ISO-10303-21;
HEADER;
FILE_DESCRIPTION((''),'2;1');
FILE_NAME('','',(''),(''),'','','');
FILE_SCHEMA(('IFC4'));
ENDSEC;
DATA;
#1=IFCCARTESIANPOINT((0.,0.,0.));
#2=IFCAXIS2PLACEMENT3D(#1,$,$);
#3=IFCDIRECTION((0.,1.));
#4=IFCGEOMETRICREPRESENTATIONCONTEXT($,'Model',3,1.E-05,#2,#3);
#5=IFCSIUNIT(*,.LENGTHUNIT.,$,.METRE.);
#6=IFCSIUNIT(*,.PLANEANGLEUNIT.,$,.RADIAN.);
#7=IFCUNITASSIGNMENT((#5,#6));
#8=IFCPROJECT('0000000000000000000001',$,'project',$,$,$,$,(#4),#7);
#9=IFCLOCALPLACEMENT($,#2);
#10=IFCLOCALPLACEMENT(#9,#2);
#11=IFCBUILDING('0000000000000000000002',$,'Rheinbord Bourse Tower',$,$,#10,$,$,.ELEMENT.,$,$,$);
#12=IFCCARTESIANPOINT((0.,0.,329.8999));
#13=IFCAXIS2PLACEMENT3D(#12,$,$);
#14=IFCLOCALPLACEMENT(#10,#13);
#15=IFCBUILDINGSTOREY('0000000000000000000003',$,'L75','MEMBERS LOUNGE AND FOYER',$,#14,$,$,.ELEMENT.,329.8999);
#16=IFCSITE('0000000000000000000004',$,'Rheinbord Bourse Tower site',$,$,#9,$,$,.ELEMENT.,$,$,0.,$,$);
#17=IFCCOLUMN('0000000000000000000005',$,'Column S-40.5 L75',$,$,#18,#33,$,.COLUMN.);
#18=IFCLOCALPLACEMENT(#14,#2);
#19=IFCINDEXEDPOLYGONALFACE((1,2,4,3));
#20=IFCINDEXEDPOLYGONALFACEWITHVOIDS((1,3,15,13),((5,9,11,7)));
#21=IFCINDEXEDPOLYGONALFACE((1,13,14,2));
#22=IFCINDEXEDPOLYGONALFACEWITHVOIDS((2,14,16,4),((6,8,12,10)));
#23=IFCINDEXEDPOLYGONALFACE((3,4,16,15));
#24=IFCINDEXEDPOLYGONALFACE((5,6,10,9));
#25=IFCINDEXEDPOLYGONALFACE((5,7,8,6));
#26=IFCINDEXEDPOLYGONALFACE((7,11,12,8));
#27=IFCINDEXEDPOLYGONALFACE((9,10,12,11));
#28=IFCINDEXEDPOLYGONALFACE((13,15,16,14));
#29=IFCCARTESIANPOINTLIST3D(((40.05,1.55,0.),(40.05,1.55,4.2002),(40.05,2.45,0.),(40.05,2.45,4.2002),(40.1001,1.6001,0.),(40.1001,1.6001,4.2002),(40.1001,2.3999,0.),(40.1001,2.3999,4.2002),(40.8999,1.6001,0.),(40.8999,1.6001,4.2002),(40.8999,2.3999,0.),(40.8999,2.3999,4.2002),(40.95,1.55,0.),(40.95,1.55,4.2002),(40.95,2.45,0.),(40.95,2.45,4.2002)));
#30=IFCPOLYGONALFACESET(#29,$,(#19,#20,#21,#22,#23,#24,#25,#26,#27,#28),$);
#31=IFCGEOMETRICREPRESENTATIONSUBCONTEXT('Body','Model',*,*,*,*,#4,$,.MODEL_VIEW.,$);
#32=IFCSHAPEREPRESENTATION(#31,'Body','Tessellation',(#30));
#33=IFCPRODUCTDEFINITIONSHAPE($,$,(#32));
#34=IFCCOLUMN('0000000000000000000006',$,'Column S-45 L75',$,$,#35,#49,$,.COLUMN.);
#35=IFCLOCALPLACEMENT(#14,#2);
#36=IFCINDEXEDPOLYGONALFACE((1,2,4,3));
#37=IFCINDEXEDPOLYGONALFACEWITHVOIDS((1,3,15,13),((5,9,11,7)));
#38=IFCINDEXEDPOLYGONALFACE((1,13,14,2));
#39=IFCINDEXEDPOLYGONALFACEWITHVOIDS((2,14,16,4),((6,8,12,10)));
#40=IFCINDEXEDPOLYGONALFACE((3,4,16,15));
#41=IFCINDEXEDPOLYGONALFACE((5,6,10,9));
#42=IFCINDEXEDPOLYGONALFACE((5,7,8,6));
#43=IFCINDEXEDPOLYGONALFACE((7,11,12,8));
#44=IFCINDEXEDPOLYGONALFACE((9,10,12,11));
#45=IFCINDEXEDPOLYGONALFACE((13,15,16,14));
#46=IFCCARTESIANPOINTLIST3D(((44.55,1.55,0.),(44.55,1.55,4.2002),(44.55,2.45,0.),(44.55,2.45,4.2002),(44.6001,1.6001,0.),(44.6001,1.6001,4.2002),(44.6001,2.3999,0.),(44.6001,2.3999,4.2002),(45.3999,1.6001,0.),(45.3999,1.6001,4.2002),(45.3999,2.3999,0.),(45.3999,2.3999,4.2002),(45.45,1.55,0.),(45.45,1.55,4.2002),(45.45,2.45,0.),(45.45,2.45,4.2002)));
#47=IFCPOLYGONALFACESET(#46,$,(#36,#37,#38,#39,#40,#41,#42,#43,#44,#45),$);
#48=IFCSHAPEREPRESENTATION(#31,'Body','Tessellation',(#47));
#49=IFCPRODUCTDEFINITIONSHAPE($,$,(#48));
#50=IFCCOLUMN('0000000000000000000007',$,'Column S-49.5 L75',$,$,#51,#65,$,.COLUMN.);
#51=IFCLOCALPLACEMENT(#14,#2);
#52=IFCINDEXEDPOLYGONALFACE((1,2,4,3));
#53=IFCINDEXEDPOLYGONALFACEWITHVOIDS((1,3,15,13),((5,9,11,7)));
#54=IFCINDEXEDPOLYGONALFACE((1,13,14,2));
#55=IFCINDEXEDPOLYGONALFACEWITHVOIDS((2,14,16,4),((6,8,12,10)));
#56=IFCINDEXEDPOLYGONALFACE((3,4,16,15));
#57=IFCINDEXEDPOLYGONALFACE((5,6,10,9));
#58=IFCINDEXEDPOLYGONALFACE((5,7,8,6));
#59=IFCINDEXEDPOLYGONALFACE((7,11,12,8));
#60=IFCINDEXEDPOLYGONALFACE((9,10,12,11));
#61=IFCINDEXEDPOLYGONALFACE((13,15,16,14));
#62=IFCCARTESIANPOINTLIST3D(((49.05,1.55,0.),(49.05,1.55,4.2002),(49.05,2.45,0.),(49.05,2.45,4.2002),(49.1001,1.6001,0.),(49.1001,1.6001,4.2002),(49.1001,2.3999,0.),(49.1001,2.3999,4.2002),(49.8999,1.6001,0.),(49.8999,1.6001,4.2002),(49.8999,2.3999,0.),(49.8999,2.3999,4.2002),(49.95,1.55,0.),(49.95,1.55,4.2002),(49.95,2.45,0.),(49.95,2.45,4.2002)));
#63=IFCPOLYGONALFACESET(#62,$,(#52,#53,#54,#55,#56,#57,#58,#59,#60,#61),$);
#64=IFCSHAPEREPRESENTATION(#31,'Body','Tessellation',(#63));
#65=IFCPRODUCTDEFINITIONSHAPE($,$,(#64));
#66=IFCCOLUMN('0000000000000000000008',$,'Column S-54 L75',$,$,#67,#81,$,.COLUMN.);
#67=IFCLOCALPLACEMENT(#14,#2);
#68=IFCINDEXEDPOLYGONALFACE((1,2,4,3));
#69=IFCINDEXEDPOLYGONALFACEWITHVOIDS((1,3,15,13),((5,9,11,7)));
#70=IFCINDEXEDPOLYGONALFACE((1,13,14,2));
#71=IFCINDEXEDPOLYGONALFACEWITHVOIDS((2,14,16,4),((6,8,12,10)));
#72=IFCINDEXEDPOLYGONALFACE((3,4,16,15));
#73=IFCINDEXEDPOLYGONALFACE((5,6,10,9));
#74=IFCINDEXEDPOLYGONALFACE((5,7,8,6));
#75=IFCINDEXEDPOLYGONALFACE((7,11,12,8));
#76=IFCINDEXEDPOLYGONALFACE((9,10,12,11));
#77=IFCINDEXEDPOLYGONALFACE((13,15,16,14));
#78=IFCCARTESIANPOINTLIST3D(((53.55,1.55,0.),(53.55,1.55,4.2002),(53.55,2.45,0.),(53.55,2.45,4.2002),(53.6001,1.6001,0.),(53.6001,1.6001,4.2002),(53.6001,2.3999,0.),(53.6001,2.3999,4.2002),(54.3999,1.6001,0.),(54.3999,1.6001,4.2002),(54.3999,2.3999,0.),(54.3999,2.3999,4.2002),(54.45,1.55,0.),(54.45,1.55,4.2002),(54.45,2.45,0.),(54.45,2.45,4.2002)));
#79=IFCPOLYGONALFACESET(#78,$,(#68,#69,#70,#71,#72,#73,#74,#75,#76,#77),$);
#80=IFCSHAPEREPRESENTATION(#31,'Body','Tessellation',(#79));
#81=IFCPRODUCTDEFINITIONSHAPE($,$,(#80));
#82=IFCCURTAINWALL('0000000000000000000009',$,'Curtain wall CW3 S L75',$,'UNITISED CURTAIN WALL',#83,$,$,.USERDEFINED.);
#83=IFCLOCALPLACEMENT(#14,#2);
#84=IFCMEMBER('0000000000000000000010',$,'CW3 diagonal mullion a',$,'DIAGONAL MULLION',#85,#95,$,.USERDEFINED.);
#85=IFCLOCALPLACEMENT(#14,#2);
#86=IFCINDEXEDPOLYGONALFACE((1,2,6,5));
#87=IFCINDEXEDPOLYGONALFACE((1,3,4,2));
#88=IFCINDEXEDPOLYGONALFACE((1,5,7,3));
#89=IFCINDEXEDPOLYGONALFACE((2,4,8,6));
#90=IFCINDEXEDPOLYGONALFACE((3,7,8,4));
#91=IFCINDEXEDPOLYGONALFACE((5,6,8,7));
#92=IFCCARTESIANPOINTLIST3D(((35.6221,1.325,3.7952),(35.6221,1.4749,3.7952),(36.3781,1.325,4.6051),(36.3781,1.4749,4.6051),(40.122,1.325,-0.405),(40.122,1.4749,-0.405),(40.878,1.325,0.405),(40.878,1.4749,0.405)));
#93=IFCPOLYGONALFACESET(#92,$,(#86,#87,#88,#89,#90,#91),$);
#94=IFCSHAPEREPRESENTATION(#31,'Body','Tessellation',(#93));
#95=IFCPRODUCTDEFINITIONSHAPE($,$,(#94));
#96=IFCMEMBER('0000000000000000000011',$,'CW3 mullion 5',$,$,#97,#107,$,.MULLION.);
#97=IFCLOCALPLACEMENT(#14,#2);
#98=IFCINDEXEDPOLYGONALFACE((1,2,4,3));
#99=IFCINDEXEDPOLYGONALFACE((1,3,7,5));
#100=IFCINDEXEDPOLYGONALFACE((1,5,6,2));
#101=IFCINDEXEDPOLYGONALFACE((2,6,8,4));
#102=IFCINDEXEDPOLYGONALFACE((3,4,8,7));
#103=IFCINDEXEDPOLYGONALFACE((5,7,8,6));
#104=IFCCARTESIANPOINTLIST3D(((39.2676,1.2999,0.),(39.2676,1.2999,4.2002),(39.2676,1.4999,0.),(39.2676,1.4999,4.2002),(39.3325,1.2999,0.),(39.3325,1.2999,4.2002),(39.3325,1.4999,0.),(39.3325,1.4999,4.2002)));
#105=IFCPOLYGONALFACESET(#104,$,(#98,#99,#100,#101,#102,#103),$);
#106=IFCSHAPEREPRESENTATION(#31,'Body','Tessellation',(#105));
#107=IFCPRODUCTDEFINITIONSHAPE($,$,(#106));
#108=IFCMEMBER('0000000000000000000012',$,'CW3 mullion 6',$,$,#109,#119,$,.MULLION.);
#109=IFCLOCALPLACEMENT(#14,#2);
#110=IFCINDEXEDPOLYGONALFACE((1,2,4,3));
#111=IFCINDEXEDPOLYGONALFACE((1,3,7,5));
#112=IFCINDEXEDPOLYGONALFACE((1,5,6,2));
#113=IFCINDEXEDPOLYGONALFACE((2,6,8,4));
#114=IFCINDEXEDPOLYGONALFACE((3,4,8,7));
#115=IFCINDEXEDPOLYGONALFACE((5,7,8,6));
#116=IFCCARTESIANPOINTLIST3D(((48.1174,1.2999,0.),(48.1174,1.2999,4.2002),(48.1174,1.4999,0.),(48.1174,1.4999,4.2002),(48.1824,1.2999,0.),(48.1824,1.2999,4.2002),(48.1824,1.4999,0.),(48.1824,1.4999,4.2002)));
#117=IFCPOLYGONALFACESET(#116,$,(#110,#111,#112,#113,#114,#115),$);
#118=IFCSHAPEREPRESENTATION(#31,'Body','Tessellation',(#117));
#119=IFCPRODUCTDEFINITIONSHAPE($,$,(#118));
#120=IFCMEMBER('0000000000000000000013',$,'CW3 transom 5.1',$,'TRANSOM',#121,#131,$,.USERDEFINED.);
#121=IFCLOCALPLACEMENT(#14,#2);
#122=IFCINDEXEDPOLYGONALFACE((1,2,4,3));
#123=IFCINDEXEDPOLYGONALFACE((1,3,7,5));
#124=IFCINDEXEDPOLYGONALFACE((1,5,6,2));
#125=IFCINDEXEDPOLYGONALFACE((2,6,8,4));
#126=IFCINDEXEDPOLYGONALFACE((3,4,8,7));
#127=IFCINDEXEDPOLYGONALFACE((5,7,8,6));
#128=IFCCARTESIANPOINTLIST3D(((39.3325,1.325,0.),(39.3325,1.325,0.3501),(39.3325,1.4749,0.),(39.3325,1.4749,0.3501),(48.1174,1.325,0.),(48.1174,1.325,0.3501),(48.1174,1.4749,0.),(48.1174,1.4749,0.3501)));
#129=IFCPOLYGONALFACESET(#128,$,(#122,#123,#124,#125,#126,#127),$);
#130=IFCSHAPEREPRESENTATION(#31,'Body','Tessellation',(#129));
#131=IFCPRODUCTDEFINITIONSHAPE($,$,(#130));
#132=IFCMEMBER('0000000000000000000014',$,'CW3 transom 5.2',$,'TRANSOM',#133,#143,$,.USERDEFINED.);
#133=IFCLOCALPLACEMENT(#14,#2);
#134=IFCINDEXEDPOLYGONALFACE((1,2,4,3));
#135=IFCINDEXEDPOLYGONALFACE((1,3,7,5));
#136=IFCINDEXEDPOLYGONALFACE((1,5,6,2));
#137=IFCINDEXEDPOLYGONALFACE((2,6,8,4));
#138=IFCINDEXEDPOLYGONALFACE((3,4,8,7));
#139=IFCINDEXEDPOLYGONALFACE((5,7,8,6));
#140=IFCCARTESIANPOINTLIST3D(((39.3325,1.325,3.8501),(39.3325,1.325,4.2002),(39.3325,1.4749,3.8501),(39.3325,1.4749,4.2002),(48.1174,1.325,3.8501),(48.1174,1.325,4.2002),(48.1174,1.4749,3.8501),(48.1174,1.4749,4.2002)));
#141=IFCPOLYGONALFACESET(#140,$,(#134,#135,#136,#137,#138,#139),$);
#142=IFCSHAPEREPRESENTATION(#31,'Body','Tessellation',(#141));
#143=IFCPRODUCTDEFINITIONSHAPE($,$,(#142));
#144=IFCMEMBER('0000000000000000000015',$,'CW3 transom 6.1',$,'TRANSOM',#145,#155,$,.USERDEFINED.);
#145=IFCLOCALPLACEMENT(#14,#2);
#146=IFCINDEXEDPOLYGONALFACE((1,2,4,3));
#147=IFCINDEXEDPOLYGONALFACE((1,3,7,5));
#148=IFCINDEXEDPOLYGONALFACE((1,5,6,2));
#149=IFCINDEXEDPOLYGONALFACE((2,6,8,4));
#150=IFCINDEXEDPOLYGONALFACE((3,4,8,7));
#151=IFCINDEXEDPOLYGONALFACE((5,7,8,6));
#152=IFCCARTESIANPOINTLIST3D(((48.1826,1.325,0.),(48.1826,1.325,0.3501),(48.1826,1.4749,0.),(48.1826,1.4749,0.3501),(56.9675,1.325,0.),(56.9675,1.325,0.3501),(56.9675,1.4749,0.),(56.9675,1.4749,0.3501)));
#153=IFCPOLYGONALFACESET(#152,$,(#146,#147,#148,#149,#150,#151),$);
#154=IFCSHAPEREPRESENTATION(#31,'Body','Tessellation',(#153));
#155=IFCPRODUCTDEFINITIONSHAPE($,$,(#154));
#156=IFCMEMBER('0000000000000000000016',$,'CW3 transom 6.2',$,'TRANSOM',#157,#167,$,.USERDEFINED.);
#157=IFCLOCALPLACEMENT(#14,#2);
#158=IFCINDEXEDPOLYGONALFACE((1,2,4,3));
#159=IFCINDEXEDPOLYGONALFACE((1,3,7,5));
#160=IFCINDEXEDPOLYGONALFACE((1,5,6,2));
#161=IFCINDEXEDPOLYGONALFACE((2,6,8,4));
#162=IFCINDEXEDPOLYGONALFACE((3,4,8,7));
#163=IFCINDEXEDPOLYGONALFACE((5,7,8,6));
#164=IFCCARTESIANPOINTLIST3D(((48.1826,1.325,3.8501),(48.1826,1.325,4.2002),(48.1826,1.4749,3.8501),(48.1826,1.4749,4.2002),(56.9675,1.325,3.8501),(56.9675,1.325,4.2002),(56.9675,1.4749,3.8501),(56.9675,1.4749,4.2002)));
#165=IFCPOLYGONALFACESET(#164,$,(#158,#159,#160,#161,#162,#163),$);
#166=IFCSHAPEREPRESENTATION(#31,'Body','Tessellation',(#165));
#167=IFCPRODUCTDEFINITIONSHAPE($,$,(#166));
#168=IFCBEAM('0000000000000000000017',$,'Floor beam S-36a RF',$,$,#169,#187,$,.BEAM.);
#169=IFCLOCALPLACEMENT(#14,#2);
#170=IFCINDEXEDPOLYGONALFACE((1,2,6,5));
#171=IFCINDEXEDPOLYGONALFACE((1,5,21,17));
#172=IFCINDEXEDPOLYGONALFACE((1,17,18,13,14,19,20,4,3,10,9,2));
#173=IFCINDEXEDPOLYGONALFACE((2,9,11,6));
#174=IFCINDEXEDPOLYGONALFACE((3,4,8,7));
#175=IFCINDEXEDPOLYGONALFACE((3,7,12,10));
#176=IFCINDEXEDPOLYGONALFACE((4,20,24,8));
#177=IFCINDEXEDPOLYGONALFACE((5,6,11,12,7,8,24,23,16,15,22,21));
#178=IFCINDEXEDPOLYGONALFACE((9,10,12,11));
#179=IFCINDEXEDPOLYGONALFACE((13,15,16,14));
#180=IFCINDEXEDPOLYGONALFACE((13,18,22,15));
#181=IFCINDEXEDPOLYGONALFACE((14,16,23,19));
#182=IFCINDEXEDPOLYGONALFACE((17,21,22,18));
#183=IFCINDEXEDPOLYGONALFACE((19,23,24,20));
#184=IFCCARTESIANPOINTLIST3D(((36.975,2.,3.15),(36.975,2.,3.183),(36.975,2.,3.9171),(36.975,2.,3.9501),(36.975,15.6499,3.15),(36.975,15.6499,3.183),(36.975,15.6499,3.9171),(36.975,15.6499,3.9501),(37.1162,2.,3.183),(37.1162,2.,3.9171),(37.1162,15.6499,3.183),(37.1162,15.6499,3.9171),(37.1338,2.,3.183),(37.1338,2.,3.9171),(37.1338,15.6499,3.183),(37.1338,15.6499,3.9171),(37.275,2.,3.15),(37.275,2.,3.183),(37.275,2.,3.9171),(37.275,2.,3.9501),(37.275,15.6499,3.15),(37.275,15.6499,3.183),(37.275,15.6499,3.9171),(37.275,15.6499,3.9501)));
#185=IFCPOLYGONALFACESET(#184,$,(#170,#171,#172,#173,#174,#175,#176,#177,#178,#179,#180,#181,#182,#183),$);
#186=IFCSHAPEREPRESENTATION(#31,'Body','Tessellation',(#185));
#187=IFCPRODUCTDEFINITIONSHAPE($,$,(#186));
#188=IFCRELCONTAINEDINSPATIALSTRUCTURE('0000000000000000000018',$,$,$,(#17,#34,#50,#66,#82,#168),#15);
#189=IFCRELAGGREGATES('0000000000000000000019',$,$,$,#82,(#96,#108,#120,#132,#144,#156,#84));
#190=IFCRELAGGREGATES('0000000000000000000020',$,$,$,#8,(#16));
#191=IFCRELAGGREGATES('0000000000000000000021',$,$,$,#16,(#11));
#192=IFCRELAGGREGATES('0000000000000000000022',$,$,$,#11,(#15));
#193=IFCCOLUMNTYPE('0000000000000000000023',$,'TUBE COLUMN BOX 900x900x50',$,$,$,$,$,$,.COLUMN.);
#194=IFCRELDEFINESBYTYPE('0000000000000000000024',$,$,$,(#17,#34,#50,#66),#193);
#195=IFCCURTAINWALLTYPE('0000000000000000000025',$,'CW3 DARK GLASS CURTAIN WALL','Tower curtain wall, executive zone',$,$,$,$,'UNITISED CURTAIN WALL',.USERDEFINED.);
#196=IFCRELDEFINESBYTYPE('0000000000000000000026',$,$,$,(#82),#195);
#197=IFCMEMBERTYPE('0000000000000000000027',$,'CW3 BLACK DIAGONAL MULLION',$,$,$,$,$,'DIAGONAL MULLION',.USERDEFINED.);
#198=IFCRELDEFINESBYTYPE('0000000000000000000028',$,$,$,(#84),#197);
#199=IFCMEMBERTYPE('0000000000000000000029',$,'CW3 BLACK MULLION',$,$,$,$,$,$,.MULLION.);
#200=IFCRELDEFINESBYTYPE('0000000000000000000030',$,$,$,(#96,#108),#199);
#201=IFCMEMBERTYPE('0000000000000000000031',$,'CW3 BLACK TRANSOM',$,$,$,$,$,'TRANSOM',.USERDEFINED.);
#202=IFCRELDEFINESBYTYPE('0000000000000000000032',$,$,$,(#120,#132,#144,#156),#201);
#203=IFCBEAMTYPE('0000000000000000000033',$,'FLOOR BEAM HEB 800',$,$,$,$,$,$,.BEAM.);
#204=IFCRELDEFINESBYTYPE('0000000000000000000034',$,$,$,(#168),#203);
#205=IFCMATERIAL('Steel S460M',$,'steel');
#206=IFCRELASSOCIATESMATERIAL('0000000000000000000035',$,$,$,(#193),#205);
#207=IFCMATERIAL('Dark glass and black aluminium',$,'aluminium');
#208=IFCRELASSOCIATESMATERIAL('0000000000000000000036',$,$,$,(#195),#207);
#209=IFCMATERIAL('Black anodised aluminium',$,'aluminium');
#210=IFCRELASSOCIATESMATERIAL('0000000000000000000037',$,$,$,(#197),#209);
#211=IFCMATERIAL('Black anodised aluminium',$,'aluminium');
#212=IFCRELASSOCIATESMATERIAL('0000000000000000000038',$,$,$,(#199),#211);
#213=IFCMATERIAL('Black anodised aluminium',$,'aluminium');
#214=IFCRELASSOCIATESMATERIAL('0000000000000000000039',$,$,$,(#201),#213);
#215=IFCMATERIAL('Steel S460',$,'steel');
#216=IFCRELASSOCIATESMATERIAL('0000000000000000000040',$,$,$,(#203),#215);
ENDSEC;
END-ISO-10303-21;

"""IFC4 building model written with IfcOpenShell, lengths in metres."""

from ifc_helpers import new_model, si_unit, direction, frame, origin, origin_2d, place, context, subcontext, project, spatial, rectangle, hollow_rectangle, i_section, extrude, material, material_profile, profile_set, type_object, element, aggregate, save


model = new_model("IFC4")

# Units and contexts
model_context = context("Model", 3, precision=1e-05, world=origin(), true_north=direction((0.0, 1.0)))
body_context = subcontext(model_context, "Body", "Model", "MODEL_VIEW")
ifc_project = project(units=[si_unit("LENGTHUNIT", "METRE"), si_unit("PLANEANGLEUNIT", "RADIAN")], contexts=[model_context])

# Site, building, storey
site_placement = place(None, origin())
site = spatial("IfcSite", under=ifc_project, at=site_placement, Name="Rheinbord Bourse Tower site", CompositionType="ELEMENT", RefElevation=0.0)
building_placement = place(site_placement, origin())
building = spatial("IfcBuilding", under=site, at=building_placement, Name="Rheinbord Bourse Tower", CompositionType="ELEMENT")
storey_placement = place(building_placement, frame((0.0, 0.0, 329.8999)))
storey = spatial("IfcBuildingStorey", under=building, at=storey_placement, Name="L75", Description="MEMBERS LOUNGE AND FOYER", CompositionType="ELEMENT", Elevation=329.8999)

# Columns
ifc_material_1 = material(Name="Steel S460M", Category="steel")
ifc_material_profile_1 = material_profile(ifc_material_1, hollow_rectangle(XDim=0.8999, YDim=0.8999, WallThickness=0.05, at=origin_2d()), Name="BOX 900x900x50")
ifc_profile_set_1 = profile_set([ifc_material_profile_1], Name="Steel S460M")
column_type = type_object("IfcColumnType", Name="TUBE COLUMN BOX 900x900x50", PredefinedType="COLUMN", material=ifc_profile_set_1)
for number, where, z_axis, x_axis, name in (
    (1, (40.5, 2.0, 0.0), (0.0, 0.0, 1.0), (0.0, 1.0, 0.0), "Column S-40.5 L75"),
    (2, (45.0, 2.0, 0.0), (0.0, 0.0, 1.0), (0.0, 1.0, 0.0), "Column S-45 L75"),
    (3, (49.5, 2.0, 0.0), (0.0, 0.0, 1.0), (0.0, 1.0, 0.0), "Column S-49.5 L75"),
    (4, (54.0, 2.0, 0.0), (0.0, 0.0, 1.0), (0.0, 1.0, 0.0), "Column S-54 L75"),
):
    element("IfcColumn", number, at=place(storey_placement, frame(where, z_axis=z_axis, x_axis=x_axis)), inside=storey, type_object=column_type, Name=name, PredefinedType="COLUMN", context=body_context, shape_type="SweptSolid", body=[
        extrude(hollow_rectangle(XDim=0.8999, YDim=0.8999, WallThickness=0.05, at=origin_2d()), origin(), (0.0, 0.0, 1.0), 4.2002),
    ])

# Curtain wall, members
ifc_material_2 = material(Name="Dark glass and black aluminium", Category="aluminium")
curtain_wall_type = type_object("IfcCurtainWallType", Name="CW3 DARK GLASS CURTAIN WALL", Description="Tower curtain wall, executive zone", ElementType="UNITISED CURTAIN WALL", PredefinedType="USERDEFINED", material=ifc_material_2)
curtain_wall_placement = place(storey_placement, origin())
curtain_wall = element("IfcCurtainWall", 5, at=curtain_wall_placement, inside=storey, type_object=curtain_wall_type, Name="Curtain wall CW3 S L75", ObjectType="UNITISED CURTAIN WALL", PredefinedType="USERDEFINED")
ifc_material_3 = material(Name="Black anodised aluminium", Category="aluminium")
ifc_material_profile_2 = material_profile(ifc_material_3, rectangle(XDim=0.1499, YDim=1.1079, at=origin_2d()), Name="CW3 DIAGONAL MULLION 1108x150")
ifc_profile_set_2 = profile_set([ifc_material_profile_2], Name="Black anodised aluminium")
member_type_1 = type_object("IfcMemberType", Name="CW3 BLACK DIAGONAL MULLION", ElementType="DIAGONAL MULLION", PredefinedType="USERDEFINED", material=ifc_profile_set_2)
member_1_placement = place(storey_placement, frame((40.5, 1.3999, 0.0), z_axis=(-0.731039, 0.0, 0.682335), x_axis=(0.0, -1.0, 0.0)))
member_1 = element("IfcMember", 6, at=member_1_placement, type_object=member_type_1, Name="CW3 diagonal mullion a", ObjectType="DIAGONAL MULLION", PredefinedType="USERDEFINED", context=body_context, shape_type="SweptSolid", body=[
    extrude(rectangle(XDim=0.1499, YDim=1.1079, at=origin_2d()), origin(), (0.0, 0.0, 1.0), 6.1555),
])
ifc_material_4 = material(Name="Black anodised aluminium", Category="aluminium")
ifc_material_profile_3 = material_profile(ifc_material_4, rectangle(XDim=0.2, YDim=0.0649, at=origin_2d()), Name="CW3 MULLION 65x200")
ifc_profile_set_3 = profile_set([ifc_material_profile_3], Name="Black anodised aluminium")
member_type_2 = type_object("IfcMemberType", Name="CW3 BLACK MULLION", PredefinedType="MULLION", material=ifc_profile_set_3)
member_2_placement = place(storey_placement, frame((39.3, 1.3999, 0.0), z_axis=(0.0, 0.0, 1.0), x_axis=(0.0, 1.0, 0.0)))
member_2 = element("IfcMember", 7, at=member_2_placement, type_object=member_type_2, Name="CW3 mullion 5", PredefinedType="MULLION", context=body_context, shape_type="SweptSolid", body=[
    extrude(rectangle(XDim=0.2, YDim=0.0649, at=origin_2d()), origin(), (0.0, 0.0, 1.0), 4.2002),
])
member_3_placement = place(storey_placement, frame((48.1499, 1.3999, 0.0), z_axis=(0.0, 0.0, 1.0), x_axis=(0.0, 1.0, 0.0)))
member_3 = element("IfcMember", 8, at=member_3_placement, type_object=member_type_2, Name="CW3 mullion 6", PredefinedType="MULLION", context=body_context, shape_type="SweptSolid", body=[
    extrude(rectangle(XDim=0.2, YDim=0.0649, at=origin_2d()), origin(), (0.0, 0.0, 1.0), 4.2002),
])
ifc_material_5 = material(Name="Black anodised aluminium", Category="aluminium")
ifc_material_profile_4 = material_profile(ifc_material_5, rectangle(XDim=0.1499, YDim=0.3501, at=origin_2d()), Name="CW3 TRANSOM 350x150")
ifc_profile_set_4 = profile_set([ifc_material_profile_4], Name="Black anodised aluminium")
member_type_3 = type_object("IfcMemberType", Name="CW3 BLACK TRANSOM", ElementType="TRANSOM", PredefinedType="USERDEFINED", material=ifc_profile_set_4)
member_4_placement = place(storey_placement, frame((39.3325, 1.3999, 0.175), z_axis=(1.0, 0.0, 0.0), x_axis=(0.0, 1.0, 0.0)))
member_4 = element("IfcMember", 9, at=member_4_placement, type_object=member_type_3, Name="CW3 transom 5.1", ObjectType="TRANSOM", PredefinedType="USERDEFINED", context=body_context, shape_type="SweptSolid", body=[
    extrude(rectangle(XDim=0.1499, YDim=0.3501, at=origin_2d()), origin(), (0.0, 0.0, 1.0), 8.7849),
])
member_5_placement = place(storey_placement, frame((39.3325, 1.3999, 4.0251), z_axis=(1.0, 0.0, 0.0), x_axis=(0.0, 1.0, 0.0)))
member_5 = element("IfcMember", 10, at=member_5_placement, type_object=member_type_3, Name="CW3 transom 5.2", ObjectType="TRANSOM", PredefinedType="USERDEFINED", context=body_context, shape_type="SweptSolid", body=[
    extrude(rectangle(XDim=0.1499, YDim=0.3501, at=origin_2d()), origin(), (0.0, 0.0, 1.0), 8.7849),
])
member_6_placement = place(storey_placement, frame((48.1826, 1.3999, 0.175), z_axis=(1.0, 0.0, 0.0), x_axis=(0.0, 1.0, 0.0)))
member_6 = element("IfcMember", 11, at=member_6_placement, type_object=member_type_3, Name="CW3 transom 6.1", ObjectType="TRANSOM", PredefinedType="USERDEFINED", context=body_context, shape_type="SweptSolid", body=[
    extrude(rectangle(XDim=0.1499, YDim=0.3501, at=origin_2d()), origin(), (0.0, 0.0, 1.0), 8.7849),
])
member_7_placement = place(storey_placement, frame((48.1826, 1.3999, 4.0251), z_axis=(1.0, 0.0, 0.0), x_axis=(0.0, 1.0, 0.0)))
member_7 = element("IfcMember", 12, at=member_7_placement, type_object=member_type_3, Name="CW3 transom 6.2", ObjectType="TRANSOM", PredefinedType="USERDEFINED", context=body_context, shape_type="SweptSolid", body=[
    extrude(rectangle(XDim=0.1499, YDim=0.3501, at=origin_2d()), origin(), (0.0, 0.0, 1.0), 8.7849),
])

# Beam
ifc_material_6 = material(Name="Steel S460", Category="steel")
ifc_material_profile_5 = material_profile(ifc_material_6, i_section(OverallWidth=0.3, OverallDepth=0.8, WebThickness=0.0176, FlangeThickness=0.033, at=origin_2d()), Name="HEB 800")
ifc_profile_set_5 = profile_set([ifc_material_profile_5], Name="Steel S460")
beam_type_1 = type_object("IfcBeamType", Name="FLOOR BEAM HEB 800", PredefinedType="BEAM", material=ifc_profile_set_5)
for number, where, z_axis, x_axis, name in (
    (13, (37.125, 2.0, 3.55), (0.0, 1.0, 0.0), (-1.0, 0.0, 0.0), "Floor beam S-36a RF"),
):
    element("IfcBeam", number, at=place(storey_placement, frame(where, z_axis=z_axis, x_axis=x_axis)), inside=storey, type_object=beam_type_1, Name=name, PredefinedType="BEAM", context=body_context, shape_type="SweptSolid", body=[
        extrude(i_section(OverallWidth=0.3, OverallDepth=0.8, WebThickness=0.0176, FlangeThickness=0.033, at=origin_2d()), origin(), (0.0, 0.0, 1.0), 13.6499),
    ])

aggregate(curtain_wall, [member_2, member_3, member_4, member_5, member_6, member_7, member_1])

save(model, "model.ifc")
